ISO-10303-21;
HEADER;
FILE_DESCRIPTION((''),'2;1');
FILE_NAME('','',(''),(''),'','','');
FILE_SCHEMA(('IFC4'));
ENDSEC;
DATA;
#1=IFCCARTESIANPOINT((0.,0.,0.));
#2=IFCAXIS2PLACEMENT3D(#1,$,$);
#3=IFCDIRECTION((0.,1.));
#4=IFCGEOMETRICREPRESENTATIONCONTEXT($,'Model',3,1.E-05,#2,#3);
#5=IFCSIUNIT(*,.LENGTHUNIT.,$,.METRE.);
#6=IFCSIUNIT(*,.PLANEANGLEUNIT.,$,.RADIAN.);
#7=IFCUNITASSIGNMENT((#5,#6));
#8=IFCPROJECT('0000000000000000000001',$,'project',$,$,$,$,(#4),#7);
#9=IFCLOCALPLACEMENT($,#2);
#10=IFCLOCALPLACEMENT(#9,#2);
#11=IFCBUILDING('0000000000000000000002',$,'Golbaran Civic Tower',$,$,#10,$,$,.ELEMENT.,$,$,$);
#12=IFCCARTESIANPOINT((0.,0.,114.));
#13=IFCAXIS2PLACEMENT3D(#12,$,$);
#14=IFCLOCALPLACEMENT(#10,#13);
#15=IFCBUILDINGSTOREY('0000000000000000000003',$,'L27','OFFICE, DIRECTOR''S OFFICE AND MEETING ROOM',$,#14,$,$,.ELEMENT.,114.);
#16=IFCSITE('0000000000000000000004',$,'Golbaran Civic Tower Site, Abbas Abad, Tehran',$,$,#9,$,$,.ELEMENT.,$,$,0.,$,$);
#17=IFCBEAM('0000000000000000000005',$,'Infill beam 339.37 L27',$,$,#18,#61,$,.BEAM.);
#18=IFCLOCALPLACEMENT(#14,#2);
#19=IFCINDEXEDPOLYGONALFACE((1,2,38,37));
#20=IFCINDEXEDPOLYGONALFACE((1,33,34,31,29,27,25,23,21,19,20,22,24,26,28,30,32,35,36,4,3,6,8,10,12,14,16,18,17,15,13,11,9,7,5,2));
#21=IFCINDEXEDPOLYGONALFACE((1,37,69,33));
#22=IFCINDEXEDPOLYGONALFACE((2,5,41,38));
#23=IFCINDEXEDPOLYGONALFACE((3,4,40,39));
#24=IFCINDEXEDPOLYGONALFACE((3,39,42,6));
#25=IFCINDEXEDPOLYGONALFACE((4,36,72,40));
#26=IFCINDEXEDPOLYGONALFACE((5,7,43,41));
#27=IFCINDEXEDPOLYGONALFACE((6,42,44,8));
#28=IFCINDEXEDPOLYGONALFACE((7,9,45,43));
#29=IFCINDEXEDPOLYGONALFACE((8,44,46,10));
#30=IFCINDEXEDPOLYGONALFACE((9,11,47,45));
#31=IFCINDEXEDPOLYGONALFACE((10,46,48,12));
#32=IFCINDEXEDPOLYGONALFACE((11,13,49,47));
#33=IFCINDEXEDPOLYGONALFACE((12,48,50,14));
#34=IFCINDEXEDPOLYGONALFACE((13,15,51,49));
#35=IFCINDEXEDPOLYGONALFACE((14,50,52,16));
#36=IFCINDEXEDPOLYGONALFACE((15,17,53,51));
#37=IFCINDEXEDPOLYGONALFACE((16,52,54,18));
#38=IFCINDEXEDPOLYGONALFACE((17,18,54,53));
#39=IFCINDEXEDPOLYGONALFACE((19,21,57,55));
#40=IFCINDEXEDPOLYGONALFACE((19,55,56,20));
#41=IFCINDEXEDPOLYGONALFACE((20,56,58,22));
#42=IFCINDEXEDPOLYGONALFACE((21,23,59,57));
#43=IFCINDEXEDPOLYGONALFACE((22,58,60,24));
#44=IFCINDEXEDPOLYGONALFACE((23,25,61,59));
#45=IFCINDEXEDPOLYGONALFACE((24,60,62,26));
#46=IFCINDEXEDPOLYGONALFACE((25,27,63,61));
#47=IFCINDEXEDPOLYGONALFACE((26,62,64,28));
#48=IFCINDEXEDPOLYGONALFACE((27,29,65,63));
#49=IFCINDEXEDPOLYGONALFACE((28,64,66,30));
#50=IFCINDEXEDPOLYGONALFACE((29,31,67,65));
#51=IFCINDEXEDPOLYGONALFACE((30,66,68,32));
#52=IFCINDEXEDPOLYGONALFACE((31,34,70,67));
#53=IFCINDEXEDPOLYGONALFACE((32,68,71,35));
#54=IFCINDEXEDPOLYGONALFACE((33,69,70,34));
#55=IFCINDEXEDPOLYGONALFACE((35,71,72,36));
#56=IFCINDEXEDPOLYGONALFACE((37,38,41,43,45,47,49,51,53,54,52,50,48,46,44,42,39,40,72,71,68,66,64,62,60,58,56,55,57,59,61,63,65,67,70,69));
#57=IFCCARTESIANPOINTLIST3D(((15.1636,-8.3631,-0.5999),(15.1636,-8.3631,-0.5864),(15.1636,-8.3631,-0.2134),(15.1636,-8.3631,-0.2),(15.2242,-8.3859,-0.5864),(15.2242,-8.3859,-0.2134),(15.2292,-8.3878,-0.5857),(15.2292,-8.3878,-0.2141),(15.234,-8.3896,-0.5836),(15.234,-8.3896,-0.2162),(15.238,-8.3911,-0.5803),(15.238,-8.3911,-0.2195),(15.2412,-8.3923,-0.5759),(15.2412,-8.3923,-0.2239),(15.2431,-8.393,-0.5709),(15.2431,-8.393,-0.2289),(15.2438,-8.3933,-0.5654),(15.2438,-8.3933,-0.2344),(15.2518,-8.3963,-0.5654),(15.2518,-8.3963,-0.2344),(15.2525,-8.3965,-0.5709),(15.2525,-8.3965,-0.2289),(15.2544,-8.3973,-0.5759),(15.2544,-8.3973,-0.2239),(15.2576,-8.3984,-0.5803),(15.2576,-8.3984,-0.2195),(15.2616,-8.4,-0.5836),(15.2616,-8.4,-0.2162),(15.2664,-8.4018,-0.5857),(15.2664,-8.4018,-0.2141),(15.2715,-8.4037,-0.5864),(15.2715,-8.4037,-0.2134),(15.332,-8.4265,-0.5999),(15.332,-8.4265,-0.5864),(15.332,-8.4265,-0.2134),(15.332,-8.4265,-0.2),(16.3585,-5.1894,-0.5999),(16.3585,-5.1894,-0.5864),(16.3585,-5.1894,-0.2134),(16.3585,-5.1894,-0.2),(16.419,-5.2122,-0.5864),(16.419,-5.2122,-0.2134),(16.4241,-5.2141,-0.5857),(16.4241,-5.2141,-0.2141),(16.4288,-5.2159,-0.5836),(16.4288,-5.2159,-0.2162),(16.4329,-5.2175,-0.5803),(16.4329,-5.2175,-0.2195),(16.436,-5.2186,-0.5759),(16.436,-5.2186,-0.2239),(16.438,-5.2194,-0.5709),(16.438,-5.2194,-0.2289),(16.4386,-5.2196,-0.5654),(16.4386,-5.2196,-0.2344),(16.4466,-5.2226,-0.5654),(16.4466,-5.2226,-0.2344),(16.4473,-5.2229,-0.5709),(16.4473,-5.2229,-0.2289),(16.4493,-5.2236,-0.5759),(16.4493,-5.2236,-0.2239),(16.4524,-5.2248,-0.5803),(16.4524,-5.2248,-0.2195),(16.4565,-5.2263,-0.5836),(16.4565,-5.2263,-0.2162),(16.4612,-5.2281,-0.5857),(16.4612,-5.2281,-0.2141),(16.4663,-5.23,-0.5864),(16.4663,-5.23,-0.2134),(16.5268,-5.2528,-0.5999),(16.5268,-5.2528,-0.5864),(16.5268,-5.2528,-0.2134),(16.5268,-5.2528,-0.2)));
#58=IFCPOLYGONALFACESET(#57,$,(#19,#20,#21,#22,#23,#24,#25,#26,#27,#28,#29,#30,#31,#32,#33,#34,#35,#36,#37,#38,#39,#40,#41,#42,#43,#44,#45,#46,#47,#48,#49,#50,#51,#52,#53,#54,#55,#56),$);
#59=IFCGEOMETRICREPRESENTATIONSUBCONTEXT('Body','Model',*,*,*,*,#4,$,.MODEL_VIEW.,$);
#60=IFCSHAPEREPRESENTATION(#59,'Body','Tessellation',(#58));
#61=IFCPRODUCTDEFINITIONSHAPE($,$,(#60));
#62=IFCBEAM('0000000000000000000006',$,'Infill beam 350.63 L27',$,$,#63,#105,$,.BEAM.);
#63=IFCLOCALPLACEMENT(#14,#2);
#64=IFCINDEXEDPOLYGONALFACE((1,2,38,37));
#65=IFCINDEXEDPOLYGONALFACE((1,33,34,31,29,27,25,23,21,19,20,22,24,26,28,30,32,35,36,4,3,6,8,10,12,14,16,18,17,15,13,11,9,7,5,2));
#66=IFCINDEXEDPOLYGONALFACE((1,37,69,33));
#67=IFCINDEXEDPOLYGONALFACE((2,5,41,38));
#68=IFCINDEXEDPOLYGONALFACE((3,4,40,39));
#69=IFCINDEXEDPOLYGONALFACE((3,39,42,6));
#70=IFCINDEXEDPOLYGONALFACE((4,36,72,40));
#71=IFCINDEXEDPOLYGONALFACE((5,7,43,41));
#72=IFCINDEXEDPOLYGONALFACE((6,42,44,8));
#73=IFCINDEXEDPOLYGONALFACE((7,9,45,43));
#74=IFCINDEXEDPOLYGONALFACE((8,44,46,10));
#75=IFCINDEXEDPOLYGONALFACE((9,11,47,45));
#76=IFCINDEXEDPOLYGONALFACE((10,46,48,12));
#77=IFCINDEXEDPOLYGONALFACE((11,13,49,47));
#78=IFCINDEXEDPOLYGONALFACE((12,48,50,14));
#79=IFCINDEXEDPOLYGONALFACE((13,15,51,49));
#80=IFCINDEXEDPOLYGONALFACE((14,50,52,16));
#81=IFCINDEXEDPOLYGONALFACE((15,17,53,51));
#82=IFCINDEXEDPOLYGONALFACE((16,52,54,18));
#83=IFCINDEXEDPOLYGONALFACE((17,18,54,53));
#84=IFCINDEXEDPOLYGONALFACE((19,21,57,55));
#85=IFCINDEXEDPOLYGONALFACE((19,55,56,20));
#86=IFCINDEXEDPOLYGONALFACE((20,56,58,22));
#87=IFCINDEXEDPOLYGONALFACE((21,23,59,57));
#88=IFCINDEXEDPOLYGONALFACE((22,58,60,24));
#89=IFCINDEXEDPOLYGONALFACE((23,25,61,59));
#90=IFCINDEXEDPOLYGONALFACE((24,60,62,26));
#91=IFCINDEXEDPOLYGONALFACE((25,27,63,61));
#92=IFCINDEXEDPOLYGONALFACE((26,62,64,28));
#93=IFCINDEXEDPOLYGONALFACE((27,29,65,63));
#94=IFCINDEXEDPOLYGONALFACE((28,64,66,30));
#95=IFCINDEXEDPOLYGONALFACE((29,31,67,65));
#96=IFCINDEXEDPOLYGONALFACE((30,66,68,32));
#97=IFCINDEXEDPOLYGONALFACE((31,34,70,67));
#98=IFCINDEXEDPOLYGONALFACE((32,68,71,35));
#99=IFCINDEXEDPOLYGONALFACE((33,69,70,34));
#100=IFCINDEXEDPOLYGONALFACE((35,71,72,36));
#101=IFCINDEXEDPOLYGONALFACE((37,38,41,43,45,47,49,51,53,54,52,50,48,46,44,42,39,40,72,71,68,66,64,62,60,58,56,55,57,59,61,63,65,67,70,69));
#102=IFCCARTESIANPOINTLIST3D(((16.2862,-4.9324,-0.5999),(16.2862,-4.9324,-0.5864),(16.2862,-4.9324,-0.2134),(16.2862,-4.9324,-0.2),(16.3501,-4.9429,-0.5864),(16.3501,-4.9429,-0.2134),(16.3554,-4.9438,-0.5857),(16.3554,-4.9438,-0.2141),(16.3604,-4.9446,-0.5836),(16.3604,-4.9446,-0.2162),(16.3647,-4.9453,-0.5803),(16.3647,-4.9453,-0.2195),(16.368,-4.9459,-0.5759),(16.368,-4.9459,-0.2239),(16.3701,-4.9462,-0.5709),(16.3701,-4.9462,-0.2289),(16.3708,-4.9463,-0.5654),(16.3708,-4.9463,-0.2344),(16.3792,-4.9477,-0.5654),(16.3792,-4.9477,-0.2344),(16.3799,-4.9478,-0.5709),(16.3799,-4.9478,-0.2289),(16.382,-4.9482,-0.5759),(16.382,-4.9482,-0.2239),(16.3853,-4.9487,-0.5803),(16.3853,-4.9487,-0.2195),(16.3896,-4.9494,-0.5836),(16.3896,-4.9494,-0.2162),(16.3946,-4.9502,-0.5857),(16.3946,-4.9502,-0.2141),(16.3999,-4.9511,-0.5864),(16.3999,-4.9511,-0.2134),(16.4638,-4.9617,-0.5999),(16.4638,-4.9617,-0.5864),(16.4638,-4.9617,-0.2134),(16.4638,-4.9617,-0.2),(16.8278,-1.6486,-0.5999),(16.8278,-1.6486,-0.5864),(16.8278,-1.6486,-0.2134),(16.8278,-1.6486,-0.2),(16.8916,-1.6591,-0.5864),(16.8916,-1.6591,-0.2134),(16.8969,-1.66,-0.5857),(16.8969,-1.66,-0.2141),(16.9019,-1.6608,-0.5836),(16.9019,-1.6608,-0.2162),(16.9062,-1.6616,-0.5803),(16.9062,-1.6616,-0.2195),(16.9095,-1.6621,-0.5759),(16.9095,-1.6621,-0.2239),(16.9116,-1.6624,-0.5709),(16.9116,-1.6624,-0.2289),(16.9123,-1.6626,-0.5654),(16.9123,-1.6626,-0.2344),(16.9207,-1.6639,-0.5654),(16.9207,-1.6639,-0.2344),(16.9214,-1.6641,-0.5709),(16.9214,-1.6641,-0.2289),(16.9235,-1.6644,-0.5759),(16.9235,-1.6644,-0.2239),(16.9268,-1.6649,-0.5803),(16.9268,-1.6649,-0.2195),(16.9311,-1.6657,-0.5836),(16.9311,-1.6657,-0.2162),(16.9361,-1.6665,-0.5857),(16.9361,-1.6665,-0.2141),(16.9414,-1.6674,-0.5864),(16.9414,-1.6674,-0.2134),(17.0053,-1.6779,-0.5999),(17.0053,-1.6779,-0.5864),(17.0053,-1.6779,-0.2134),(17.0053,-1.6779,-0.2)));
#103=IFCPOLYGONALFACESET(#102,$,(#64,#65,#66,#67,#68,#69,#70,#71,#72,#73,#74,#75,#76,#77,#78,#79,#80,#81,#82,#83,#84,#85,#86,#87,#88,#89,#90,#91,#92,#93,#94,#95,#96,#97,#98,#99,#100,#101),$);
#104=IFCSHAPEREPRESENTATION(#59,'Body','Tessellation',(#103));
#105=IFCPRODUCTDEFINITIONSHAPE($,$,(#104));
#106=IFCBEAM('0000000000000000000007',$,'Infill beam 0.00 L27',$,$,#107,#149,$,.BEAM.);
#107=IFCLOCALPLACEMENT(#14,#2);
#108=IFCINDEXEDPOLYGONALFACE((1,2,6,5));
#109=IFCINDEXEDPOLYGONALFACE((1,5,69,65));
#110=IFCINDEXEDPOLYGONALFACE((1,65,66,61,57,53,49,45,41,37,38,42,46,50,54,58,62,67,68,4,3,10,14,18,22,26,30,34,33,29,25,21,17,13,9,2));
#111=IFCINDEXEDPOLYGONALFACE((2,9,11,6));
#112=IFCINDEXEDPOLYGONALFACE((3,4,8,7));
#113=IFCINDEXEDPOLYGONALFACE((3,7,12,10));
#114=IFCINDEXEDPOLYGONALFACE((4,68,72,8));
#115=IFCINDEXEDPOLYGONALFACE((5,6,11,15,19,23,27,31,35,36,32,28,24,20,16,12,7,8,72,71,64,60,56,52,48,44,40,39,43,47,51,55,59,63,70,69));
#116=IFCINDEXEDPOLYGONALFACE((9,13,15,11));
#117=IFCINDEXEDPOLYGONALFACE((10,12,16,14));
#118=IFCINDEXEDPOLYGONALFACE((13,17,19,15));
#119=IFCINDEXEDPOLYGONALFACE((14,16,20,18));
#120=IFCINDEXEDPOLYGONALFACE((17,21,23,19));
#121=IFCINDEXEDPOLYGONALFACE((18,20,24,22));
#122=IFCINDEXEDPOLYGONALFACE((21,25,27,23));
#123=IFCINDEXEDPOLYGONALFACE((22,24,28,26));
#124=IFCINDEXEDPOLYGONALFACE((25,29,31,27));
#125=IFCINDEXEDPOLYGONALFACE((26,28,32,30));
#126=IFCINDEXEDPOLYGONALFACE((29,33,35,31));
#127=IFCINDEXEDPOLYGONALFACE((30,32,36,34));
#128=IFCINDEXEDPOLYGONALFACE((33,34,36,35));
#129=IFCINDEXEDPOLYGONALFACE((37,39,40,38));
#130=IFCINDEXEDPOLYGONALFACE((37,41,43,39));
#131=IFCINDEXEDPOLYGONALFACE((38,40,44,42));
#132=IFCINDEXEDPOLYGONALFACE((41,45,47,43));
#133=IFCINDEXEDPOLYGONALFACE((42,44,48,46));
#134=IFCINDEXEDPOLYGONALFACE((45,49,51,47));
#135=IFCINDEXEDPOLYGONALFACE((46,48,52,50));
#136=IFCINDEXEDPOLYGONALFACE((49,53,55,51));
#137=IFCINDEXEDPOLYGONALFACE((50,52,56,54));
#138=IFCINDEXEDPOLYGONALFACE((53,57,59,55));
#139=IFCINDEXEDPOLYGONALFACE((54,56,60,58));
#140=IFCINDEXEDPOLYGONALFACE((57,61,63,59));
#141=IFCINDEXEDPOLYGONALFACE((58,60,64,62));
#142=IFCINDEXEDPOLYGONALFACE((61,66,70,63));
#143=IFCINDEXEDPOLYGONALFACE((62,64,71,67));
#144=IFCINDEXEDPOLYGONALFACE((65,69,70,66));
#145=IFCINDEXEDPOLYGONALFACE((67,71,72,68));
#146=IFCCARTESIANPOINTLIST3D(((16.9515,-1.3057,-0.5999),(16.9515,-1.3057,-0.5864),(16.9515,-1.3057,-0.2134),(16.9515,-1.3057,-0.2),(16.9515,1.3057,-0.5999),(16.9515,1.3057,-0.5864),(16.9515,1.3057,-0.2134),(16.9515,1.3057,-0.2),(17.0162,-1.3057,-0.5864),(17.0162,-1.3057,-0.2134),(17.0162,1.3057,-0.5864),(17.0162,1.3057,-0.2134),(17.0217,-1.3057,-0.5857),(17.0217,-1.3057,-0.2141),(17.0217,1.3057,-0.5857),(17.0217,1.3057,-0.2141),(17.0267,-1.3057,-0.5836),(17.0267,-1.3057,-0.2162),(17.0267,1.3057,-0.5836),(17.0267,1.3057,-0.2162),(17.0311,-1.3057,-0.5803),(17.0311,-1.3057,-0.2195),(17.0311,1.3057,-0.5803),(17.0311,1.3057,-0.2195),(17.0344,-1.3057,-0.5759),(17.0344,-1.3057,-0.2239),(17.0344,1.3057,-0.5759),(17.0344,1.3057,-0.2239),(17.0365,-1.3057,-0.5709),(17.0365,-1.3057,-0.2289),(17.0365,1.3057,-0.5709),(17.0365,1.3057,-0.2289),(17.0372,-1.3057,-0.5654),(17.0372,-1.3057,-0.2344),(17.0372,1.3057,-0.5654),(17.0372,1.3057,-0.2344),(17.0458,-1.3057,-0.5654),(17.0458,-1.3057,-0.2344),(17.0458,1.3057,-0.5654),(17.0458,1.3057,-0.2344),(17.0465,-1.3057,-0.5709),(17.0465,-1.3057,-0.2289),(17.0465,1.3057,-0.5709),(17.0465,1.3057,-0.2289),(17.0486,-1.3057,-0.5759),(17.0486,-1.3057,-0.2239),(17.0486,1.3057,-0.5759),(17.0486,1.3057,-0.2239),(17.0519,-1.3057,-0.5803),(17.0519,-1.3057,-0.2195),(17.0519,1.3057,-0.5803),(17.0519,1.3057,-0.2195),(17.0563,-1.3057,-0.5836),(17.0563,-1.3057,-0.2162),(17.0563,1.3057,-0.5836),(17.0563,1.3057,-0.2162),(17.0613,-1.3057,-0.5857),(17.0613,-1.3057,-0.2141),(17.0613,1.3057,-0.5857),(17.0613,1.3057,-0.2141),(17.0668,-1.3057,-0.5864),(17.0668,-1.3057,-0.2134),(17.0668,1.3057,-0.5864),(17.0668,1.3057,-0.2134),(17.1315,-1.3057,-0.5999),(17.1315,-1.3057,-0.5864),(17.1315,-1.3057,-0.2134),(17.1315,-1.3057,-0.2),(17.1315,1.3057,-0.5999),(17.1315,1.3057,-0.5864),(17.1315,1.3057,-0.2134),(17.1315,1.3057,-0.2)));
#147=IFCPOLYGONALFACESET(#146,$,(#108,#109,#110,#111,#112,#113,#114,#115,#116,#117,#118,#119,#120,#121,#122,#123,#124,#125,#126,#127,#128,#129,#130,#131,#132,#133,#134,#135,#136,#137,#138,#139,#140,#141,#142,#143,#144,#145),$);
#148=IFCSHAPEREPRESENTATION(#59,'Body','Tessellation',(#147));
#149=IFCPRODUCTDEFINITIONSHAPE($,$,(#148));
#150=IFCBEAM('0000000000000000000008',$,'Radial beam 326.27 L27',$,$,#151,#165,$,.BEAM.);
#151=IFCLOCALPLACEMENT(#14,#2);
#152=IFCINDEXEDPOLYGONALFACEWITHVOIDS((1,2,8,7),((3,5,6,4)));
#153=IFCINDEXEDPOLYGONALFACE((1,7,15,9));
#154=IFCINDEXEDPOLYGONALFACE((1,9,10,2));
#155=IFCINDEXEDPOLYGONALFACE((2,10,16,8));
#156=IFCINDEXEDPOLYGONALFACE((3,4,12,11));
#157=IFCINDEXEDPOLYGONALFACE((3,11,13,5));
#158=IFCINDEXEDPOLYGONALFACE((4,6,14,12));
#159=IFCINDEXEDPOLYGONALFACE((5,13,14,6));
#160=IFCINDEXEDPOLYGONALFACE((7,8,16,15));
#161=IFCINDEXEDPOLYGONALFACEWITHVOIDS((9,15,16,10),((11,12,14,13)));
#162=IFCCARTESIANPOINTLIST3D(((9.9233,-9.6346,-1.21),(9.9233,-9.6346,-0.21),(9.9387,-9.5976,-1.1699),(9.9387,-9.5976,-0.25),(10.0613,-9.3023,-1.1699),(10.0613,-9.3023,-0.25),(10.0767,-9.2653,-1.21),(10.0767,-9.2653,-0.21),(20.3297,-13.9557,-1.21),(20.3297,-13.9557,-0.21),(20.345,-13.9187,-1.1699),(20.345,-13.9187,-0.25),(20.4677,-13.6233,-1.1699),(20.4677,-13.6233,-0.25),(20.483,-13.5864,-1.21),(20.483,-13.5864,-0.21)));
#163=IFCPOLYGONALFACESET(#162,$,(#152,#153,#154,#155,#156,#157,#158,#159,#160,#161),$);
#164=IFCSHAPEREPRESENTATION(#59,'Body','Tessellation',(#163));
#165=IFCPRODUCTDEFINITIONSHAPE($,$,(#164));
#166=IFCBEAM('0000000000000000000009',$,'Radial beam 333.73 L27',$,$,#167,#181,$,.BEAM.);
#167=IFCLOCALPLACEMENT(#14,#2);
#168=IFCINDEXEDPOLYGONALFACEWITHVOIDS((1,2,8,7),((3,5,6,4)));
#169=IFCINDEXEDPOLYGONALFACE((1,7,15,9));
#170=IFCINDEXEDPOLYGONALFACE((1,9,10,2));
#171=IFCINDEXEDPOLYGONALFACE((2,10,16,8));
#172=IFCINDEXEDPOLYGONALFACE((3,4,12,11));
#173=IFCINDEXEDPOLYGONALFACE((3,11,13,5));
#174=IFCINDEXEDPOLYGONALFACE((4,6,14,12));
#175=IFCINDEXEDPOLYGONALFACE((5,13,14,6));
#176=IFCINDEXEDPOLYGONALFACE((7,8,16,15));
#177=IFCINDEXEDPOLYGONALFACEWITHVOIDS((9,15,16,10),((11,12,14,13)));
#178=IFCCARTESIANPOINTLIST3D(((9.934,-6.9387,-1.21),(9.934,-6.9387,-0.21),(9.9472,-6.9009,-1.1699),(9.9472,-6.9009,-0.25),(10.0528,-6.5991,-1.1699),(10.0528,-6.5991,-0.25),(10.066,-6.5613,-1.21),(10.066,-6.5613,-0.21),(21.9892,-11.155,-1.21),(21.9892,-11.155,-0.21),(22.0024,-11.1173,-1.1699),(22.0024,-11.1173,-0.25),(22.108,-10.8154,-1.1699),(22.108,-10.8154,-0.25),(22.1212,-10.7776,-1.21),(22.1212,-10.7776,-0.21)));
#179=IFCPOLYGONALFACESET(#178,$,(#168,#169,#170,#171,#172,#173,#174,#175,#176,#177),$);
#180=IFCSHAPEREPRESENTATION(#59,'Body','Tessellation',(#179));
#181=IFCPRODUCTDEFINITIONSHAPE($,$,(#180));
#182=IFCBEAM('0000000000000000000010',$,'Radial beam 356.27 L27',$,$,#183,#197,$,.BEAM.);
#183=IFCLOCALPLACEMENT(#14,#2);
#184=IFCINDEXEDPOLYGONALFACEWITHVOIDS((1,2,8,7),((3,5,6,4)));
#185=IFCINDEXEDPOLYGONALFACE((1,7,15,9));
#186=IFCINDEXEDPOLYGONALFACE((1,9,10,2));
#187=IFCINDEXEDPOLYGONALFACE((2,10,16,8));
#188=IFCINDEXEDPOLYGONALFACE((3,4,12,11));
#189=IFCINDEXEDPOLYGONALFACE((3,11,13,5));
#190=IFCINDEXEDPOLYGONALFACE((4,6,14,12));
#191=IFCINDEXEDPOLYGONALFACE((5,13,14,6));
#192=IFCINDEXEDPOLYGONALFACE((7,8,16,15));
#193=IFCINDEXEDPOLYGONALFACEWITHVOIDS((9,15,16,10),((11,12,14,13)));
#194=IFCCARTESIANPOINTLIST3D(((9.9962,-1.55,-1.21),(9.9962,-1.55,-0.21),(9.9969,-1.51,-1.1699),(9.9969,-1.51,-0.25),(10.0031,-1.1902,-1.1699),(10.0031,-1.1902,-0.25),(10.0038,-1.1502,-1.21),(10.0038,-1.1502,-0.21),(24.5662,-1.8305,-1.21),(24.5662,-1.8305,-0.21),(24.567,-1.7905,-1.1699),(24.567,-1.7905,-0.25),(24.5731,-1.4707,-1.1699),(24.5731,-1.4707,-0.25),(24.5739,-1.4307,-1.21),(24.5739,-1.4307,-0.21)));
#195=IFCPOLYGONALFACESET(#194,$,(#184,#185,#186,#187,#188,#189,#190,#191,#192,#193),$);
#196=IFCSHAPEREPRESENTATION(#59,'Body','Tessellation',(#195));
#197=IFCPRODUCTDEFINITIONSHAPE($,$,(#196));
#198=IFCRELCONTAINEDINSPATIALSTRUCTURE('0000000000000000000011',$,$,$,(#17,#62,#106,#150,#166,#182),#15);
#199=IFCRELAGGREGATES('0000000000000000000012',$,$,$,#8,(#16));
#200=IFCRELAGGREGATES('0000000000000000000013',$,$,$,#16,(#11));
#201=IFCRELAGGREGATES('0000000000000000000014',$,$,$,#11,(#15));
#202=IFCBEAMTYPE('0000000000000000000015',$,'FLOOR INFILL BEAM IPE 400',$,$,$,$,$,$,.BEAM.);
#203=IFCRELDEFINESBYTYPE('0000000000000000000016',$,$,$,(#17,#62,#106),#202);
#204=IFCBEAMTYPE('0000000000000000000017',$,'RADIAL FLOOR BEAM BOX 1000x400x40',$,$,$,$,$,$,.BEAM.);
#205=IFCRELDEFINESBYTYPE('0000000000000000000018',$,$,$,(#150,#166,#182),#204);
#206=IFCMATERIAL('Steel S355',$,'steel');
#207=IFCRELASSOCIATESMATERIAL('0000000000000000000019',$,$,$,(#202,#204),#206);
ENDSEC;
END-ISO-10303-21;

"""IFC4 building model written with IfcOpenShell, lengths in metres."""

from ifc_helpers import new_model, si_unit, direction, frame, origin, origin_2d, place, context, subcontext, project, spatial, hollow_rectangle, i_section, extrude, material, material_profile, profile_set, type_object, element, save


model = new_model("IFC4")

# Units and contexts
model_context = context("Model", 3, precision=1e-05, world=origin(), true_north=direction((0.0, 1.0)))
body_context = subcontext(model_context, "Body", "Model", "MODEL_VIEW")
ifc_project = project(units=[si_unit("LENGTHUNIT", "METRE"), si_unit("PLANEANGLEUNIT", "RADIAN")], contexts=[model_context])

# Site, building, storey
site_placement = place(None, origin())
site = spatial("IfcSite", under=ifc_project, at=site_placement, Name="Golbaran Civic Tower Site, Abbas Abad, Tehran", CompositionType="ELEMENT", RefElevation=0.0)
building_placement = place(site_placement, origin())
building = spatial("IfcBuilding", under=site, at=building_placement, Name="Golbaran Civic Tower", CompositionType="ELEMENT")
storey_placement = place(building_placement, frame((0.0, 0.0, 114.0)))
storey = spatial("IfcBuildingStorey", under=building, at=storey_placement, Name="L27", Description="OFFICE, DIRECTOR'S OFFICE AND MEETING ROOM", CompositionType="ELEMENT", Elevation=114.0)

# Beams
ifc_material_1 = material(Name="Steel S355", Category="steel")
ifc_material_profile_1 = material_profile(ifc_material_1, i_section(OverallWidth=0.1799, OverallDepth=0.3999, WebThickness=0.0085, FlangeThickness=0.0134, FilletRadius=0.021, at=origin_2d()), Name="IPE 400")
ifc_profile_set_1 = profile_set([ifc_material_profile_1], Name="Steel S355")
beam_type_1 = type_object("IfcBeamType", Name="FLOOR INFILL BEAM IPE 400", PredefinedType="BEAM", material=ifc_profile_set_1)
beam_1_placement = place(storey_placement, frame((15.2478, -8.3948, -0.3999), z_axis=(0.352346, 0.93587, 0.0), x_axis=(-0.93587, 0.352346, 0.0)))
element("IfcBeam", 1, at=beam_1_placement, inside=storey, type_object=beam_type_1, Name="Infill beam 339.37 L27", PredefinedType="BEAM", context=body_context, shape_type="SweptSolid", body=[
    extrude(i_section(OverallWidth=0.1799, OverallDepth=0.3999, WebThickness=0.0085, FlangeThickness=0.0134, FilletRadius=0.021, at=origin_2d()), origin(), (0.0, 0.0, 1.0), 3.3911),
])
beam_2_placement = place(storey_placement, frame((16.375, -4.947, -0.3999), z_axis=(0.16271, 0.986674, 0.0), x_axis=(-0.986674, 0.16271, 0.0)))
element("IfcBeam", 2, at=beam_2_placement, inside=storey, type_object=beam_type_1, Name="Infill beam 350.63 L27", PredefinedType="BEAM", context=body_context, shape_type="SweptSolid", body=[
    extrude(i_section(OverallWidth=0.1799, OverallDepth=0.3999, WebThickness=0.0085, FlangeThickness=0.0134, FilletRadius=0.021, at=origin_2d()), origin(), (0.0, 0.0, 1.0), 3.3281),
])
beam_3_placement = place(storey_placement, frame((17.0415, -1.3057, -0.3999), z_axis=(0.0, 1.0, 0.0), x_axis=(-1.0, 0.0, 0.0)))
element("IfcBeam", 3, at=beam_3_placement, inside=storey, type_object=beam_type_1, Name="Infill beam 0.00 L27", PredefinedType="BEAM", context=body_context, shape_type="SweptSolid", body=[
    extrude(i_section(OverallWidth=0.1799, OverallDepth=0.3999, WebThickness=0.0085, FlangeThickness=0.0134, FilletRadius=0.021, at=origin_2d()), origin(), (0.0, 0.0, 1.0), 2.6113),
])
ifc_material_profile_2 = material_profile(ifc_material_1, hollow_rectangle(XDim=0.3999, YDim=1.0, WallThickness=0.04, at=origin_2d()), Name="BOX 1000x400x40")
ifc_profile_set_2 = profile_set([ifc_material_profile_2], Name="Steel S355")
beam_type_2 = type_object("IfcBeamType", Name="RADIAL FLOOR BEAM BOX 1000x400x40", PredefinedType="BEAM", material=ifc_profile_set_2)
beam_4_placement = place(storey_placement, frame((10.0, -9.45, -0.71), z_axis=(0.923545, -0.383489, 0.0), x_axis=(0.383489, 0.923545, 0.0)))
element("IfcBeam", 4, at=beam_4_placement, inside=storey, type_object=beam_type_2, Name="Radial beam 326.27 L27", PredefinedType="BEAM", context=body_context, shape_type="SweptSolid", body=[
    extrude(hollow_rectangle(XDim=0.3999, YDim=1.0, WallThickness=0.04, at=origin_2d()), origin(), (0.0, 0.0, 1.0), 11.2678),
])
beam_5_placement = place(storey_placement, frame((10.0, -6.75, -0.71), z_axis=(0.943932, -0.330141, 0.0), x_axis=(0.330141, 0.943932, 0.0)))
element("IfcBeam", 5, at=beam_5_placement, inside=storey, type_object=beam_type_2, Name="Radial beam 333.73 L27", PredefinedType="BEAM", context=body_context, shape_type="SweptSolid", body=[
    extrude(hollow_rectangle(XDim=0.3999, YDim=1.0, WallThickness=0.04, at=origin_2d()), origin(), (0.0, 0.0, 1.0), 12.7712),
])
beam_6_placement = place(storey_placement, frame((10.0, -1.3501, -0.71), z_axis=(0.999815, -0.019249, 0.0), x_axis=(0.019249, 0.999815, 0.0)))
element("IfcBeam", 6, at=beam_6_placement, inside=storey, type_object=beam_type_2, Name="Radial beam 356.27 L27", PredefinedType="BEAM", context=body_context, shape_type="SweptSolid", body=[
    extrude(hollow_rectangle(XDim=0.3999, YDim=1.0, WallThickness=0.04, at=origin_2d()), origin(), (0.0, 0.0, 1.0), 14.5728),
])

save(model, "model.ifc")
